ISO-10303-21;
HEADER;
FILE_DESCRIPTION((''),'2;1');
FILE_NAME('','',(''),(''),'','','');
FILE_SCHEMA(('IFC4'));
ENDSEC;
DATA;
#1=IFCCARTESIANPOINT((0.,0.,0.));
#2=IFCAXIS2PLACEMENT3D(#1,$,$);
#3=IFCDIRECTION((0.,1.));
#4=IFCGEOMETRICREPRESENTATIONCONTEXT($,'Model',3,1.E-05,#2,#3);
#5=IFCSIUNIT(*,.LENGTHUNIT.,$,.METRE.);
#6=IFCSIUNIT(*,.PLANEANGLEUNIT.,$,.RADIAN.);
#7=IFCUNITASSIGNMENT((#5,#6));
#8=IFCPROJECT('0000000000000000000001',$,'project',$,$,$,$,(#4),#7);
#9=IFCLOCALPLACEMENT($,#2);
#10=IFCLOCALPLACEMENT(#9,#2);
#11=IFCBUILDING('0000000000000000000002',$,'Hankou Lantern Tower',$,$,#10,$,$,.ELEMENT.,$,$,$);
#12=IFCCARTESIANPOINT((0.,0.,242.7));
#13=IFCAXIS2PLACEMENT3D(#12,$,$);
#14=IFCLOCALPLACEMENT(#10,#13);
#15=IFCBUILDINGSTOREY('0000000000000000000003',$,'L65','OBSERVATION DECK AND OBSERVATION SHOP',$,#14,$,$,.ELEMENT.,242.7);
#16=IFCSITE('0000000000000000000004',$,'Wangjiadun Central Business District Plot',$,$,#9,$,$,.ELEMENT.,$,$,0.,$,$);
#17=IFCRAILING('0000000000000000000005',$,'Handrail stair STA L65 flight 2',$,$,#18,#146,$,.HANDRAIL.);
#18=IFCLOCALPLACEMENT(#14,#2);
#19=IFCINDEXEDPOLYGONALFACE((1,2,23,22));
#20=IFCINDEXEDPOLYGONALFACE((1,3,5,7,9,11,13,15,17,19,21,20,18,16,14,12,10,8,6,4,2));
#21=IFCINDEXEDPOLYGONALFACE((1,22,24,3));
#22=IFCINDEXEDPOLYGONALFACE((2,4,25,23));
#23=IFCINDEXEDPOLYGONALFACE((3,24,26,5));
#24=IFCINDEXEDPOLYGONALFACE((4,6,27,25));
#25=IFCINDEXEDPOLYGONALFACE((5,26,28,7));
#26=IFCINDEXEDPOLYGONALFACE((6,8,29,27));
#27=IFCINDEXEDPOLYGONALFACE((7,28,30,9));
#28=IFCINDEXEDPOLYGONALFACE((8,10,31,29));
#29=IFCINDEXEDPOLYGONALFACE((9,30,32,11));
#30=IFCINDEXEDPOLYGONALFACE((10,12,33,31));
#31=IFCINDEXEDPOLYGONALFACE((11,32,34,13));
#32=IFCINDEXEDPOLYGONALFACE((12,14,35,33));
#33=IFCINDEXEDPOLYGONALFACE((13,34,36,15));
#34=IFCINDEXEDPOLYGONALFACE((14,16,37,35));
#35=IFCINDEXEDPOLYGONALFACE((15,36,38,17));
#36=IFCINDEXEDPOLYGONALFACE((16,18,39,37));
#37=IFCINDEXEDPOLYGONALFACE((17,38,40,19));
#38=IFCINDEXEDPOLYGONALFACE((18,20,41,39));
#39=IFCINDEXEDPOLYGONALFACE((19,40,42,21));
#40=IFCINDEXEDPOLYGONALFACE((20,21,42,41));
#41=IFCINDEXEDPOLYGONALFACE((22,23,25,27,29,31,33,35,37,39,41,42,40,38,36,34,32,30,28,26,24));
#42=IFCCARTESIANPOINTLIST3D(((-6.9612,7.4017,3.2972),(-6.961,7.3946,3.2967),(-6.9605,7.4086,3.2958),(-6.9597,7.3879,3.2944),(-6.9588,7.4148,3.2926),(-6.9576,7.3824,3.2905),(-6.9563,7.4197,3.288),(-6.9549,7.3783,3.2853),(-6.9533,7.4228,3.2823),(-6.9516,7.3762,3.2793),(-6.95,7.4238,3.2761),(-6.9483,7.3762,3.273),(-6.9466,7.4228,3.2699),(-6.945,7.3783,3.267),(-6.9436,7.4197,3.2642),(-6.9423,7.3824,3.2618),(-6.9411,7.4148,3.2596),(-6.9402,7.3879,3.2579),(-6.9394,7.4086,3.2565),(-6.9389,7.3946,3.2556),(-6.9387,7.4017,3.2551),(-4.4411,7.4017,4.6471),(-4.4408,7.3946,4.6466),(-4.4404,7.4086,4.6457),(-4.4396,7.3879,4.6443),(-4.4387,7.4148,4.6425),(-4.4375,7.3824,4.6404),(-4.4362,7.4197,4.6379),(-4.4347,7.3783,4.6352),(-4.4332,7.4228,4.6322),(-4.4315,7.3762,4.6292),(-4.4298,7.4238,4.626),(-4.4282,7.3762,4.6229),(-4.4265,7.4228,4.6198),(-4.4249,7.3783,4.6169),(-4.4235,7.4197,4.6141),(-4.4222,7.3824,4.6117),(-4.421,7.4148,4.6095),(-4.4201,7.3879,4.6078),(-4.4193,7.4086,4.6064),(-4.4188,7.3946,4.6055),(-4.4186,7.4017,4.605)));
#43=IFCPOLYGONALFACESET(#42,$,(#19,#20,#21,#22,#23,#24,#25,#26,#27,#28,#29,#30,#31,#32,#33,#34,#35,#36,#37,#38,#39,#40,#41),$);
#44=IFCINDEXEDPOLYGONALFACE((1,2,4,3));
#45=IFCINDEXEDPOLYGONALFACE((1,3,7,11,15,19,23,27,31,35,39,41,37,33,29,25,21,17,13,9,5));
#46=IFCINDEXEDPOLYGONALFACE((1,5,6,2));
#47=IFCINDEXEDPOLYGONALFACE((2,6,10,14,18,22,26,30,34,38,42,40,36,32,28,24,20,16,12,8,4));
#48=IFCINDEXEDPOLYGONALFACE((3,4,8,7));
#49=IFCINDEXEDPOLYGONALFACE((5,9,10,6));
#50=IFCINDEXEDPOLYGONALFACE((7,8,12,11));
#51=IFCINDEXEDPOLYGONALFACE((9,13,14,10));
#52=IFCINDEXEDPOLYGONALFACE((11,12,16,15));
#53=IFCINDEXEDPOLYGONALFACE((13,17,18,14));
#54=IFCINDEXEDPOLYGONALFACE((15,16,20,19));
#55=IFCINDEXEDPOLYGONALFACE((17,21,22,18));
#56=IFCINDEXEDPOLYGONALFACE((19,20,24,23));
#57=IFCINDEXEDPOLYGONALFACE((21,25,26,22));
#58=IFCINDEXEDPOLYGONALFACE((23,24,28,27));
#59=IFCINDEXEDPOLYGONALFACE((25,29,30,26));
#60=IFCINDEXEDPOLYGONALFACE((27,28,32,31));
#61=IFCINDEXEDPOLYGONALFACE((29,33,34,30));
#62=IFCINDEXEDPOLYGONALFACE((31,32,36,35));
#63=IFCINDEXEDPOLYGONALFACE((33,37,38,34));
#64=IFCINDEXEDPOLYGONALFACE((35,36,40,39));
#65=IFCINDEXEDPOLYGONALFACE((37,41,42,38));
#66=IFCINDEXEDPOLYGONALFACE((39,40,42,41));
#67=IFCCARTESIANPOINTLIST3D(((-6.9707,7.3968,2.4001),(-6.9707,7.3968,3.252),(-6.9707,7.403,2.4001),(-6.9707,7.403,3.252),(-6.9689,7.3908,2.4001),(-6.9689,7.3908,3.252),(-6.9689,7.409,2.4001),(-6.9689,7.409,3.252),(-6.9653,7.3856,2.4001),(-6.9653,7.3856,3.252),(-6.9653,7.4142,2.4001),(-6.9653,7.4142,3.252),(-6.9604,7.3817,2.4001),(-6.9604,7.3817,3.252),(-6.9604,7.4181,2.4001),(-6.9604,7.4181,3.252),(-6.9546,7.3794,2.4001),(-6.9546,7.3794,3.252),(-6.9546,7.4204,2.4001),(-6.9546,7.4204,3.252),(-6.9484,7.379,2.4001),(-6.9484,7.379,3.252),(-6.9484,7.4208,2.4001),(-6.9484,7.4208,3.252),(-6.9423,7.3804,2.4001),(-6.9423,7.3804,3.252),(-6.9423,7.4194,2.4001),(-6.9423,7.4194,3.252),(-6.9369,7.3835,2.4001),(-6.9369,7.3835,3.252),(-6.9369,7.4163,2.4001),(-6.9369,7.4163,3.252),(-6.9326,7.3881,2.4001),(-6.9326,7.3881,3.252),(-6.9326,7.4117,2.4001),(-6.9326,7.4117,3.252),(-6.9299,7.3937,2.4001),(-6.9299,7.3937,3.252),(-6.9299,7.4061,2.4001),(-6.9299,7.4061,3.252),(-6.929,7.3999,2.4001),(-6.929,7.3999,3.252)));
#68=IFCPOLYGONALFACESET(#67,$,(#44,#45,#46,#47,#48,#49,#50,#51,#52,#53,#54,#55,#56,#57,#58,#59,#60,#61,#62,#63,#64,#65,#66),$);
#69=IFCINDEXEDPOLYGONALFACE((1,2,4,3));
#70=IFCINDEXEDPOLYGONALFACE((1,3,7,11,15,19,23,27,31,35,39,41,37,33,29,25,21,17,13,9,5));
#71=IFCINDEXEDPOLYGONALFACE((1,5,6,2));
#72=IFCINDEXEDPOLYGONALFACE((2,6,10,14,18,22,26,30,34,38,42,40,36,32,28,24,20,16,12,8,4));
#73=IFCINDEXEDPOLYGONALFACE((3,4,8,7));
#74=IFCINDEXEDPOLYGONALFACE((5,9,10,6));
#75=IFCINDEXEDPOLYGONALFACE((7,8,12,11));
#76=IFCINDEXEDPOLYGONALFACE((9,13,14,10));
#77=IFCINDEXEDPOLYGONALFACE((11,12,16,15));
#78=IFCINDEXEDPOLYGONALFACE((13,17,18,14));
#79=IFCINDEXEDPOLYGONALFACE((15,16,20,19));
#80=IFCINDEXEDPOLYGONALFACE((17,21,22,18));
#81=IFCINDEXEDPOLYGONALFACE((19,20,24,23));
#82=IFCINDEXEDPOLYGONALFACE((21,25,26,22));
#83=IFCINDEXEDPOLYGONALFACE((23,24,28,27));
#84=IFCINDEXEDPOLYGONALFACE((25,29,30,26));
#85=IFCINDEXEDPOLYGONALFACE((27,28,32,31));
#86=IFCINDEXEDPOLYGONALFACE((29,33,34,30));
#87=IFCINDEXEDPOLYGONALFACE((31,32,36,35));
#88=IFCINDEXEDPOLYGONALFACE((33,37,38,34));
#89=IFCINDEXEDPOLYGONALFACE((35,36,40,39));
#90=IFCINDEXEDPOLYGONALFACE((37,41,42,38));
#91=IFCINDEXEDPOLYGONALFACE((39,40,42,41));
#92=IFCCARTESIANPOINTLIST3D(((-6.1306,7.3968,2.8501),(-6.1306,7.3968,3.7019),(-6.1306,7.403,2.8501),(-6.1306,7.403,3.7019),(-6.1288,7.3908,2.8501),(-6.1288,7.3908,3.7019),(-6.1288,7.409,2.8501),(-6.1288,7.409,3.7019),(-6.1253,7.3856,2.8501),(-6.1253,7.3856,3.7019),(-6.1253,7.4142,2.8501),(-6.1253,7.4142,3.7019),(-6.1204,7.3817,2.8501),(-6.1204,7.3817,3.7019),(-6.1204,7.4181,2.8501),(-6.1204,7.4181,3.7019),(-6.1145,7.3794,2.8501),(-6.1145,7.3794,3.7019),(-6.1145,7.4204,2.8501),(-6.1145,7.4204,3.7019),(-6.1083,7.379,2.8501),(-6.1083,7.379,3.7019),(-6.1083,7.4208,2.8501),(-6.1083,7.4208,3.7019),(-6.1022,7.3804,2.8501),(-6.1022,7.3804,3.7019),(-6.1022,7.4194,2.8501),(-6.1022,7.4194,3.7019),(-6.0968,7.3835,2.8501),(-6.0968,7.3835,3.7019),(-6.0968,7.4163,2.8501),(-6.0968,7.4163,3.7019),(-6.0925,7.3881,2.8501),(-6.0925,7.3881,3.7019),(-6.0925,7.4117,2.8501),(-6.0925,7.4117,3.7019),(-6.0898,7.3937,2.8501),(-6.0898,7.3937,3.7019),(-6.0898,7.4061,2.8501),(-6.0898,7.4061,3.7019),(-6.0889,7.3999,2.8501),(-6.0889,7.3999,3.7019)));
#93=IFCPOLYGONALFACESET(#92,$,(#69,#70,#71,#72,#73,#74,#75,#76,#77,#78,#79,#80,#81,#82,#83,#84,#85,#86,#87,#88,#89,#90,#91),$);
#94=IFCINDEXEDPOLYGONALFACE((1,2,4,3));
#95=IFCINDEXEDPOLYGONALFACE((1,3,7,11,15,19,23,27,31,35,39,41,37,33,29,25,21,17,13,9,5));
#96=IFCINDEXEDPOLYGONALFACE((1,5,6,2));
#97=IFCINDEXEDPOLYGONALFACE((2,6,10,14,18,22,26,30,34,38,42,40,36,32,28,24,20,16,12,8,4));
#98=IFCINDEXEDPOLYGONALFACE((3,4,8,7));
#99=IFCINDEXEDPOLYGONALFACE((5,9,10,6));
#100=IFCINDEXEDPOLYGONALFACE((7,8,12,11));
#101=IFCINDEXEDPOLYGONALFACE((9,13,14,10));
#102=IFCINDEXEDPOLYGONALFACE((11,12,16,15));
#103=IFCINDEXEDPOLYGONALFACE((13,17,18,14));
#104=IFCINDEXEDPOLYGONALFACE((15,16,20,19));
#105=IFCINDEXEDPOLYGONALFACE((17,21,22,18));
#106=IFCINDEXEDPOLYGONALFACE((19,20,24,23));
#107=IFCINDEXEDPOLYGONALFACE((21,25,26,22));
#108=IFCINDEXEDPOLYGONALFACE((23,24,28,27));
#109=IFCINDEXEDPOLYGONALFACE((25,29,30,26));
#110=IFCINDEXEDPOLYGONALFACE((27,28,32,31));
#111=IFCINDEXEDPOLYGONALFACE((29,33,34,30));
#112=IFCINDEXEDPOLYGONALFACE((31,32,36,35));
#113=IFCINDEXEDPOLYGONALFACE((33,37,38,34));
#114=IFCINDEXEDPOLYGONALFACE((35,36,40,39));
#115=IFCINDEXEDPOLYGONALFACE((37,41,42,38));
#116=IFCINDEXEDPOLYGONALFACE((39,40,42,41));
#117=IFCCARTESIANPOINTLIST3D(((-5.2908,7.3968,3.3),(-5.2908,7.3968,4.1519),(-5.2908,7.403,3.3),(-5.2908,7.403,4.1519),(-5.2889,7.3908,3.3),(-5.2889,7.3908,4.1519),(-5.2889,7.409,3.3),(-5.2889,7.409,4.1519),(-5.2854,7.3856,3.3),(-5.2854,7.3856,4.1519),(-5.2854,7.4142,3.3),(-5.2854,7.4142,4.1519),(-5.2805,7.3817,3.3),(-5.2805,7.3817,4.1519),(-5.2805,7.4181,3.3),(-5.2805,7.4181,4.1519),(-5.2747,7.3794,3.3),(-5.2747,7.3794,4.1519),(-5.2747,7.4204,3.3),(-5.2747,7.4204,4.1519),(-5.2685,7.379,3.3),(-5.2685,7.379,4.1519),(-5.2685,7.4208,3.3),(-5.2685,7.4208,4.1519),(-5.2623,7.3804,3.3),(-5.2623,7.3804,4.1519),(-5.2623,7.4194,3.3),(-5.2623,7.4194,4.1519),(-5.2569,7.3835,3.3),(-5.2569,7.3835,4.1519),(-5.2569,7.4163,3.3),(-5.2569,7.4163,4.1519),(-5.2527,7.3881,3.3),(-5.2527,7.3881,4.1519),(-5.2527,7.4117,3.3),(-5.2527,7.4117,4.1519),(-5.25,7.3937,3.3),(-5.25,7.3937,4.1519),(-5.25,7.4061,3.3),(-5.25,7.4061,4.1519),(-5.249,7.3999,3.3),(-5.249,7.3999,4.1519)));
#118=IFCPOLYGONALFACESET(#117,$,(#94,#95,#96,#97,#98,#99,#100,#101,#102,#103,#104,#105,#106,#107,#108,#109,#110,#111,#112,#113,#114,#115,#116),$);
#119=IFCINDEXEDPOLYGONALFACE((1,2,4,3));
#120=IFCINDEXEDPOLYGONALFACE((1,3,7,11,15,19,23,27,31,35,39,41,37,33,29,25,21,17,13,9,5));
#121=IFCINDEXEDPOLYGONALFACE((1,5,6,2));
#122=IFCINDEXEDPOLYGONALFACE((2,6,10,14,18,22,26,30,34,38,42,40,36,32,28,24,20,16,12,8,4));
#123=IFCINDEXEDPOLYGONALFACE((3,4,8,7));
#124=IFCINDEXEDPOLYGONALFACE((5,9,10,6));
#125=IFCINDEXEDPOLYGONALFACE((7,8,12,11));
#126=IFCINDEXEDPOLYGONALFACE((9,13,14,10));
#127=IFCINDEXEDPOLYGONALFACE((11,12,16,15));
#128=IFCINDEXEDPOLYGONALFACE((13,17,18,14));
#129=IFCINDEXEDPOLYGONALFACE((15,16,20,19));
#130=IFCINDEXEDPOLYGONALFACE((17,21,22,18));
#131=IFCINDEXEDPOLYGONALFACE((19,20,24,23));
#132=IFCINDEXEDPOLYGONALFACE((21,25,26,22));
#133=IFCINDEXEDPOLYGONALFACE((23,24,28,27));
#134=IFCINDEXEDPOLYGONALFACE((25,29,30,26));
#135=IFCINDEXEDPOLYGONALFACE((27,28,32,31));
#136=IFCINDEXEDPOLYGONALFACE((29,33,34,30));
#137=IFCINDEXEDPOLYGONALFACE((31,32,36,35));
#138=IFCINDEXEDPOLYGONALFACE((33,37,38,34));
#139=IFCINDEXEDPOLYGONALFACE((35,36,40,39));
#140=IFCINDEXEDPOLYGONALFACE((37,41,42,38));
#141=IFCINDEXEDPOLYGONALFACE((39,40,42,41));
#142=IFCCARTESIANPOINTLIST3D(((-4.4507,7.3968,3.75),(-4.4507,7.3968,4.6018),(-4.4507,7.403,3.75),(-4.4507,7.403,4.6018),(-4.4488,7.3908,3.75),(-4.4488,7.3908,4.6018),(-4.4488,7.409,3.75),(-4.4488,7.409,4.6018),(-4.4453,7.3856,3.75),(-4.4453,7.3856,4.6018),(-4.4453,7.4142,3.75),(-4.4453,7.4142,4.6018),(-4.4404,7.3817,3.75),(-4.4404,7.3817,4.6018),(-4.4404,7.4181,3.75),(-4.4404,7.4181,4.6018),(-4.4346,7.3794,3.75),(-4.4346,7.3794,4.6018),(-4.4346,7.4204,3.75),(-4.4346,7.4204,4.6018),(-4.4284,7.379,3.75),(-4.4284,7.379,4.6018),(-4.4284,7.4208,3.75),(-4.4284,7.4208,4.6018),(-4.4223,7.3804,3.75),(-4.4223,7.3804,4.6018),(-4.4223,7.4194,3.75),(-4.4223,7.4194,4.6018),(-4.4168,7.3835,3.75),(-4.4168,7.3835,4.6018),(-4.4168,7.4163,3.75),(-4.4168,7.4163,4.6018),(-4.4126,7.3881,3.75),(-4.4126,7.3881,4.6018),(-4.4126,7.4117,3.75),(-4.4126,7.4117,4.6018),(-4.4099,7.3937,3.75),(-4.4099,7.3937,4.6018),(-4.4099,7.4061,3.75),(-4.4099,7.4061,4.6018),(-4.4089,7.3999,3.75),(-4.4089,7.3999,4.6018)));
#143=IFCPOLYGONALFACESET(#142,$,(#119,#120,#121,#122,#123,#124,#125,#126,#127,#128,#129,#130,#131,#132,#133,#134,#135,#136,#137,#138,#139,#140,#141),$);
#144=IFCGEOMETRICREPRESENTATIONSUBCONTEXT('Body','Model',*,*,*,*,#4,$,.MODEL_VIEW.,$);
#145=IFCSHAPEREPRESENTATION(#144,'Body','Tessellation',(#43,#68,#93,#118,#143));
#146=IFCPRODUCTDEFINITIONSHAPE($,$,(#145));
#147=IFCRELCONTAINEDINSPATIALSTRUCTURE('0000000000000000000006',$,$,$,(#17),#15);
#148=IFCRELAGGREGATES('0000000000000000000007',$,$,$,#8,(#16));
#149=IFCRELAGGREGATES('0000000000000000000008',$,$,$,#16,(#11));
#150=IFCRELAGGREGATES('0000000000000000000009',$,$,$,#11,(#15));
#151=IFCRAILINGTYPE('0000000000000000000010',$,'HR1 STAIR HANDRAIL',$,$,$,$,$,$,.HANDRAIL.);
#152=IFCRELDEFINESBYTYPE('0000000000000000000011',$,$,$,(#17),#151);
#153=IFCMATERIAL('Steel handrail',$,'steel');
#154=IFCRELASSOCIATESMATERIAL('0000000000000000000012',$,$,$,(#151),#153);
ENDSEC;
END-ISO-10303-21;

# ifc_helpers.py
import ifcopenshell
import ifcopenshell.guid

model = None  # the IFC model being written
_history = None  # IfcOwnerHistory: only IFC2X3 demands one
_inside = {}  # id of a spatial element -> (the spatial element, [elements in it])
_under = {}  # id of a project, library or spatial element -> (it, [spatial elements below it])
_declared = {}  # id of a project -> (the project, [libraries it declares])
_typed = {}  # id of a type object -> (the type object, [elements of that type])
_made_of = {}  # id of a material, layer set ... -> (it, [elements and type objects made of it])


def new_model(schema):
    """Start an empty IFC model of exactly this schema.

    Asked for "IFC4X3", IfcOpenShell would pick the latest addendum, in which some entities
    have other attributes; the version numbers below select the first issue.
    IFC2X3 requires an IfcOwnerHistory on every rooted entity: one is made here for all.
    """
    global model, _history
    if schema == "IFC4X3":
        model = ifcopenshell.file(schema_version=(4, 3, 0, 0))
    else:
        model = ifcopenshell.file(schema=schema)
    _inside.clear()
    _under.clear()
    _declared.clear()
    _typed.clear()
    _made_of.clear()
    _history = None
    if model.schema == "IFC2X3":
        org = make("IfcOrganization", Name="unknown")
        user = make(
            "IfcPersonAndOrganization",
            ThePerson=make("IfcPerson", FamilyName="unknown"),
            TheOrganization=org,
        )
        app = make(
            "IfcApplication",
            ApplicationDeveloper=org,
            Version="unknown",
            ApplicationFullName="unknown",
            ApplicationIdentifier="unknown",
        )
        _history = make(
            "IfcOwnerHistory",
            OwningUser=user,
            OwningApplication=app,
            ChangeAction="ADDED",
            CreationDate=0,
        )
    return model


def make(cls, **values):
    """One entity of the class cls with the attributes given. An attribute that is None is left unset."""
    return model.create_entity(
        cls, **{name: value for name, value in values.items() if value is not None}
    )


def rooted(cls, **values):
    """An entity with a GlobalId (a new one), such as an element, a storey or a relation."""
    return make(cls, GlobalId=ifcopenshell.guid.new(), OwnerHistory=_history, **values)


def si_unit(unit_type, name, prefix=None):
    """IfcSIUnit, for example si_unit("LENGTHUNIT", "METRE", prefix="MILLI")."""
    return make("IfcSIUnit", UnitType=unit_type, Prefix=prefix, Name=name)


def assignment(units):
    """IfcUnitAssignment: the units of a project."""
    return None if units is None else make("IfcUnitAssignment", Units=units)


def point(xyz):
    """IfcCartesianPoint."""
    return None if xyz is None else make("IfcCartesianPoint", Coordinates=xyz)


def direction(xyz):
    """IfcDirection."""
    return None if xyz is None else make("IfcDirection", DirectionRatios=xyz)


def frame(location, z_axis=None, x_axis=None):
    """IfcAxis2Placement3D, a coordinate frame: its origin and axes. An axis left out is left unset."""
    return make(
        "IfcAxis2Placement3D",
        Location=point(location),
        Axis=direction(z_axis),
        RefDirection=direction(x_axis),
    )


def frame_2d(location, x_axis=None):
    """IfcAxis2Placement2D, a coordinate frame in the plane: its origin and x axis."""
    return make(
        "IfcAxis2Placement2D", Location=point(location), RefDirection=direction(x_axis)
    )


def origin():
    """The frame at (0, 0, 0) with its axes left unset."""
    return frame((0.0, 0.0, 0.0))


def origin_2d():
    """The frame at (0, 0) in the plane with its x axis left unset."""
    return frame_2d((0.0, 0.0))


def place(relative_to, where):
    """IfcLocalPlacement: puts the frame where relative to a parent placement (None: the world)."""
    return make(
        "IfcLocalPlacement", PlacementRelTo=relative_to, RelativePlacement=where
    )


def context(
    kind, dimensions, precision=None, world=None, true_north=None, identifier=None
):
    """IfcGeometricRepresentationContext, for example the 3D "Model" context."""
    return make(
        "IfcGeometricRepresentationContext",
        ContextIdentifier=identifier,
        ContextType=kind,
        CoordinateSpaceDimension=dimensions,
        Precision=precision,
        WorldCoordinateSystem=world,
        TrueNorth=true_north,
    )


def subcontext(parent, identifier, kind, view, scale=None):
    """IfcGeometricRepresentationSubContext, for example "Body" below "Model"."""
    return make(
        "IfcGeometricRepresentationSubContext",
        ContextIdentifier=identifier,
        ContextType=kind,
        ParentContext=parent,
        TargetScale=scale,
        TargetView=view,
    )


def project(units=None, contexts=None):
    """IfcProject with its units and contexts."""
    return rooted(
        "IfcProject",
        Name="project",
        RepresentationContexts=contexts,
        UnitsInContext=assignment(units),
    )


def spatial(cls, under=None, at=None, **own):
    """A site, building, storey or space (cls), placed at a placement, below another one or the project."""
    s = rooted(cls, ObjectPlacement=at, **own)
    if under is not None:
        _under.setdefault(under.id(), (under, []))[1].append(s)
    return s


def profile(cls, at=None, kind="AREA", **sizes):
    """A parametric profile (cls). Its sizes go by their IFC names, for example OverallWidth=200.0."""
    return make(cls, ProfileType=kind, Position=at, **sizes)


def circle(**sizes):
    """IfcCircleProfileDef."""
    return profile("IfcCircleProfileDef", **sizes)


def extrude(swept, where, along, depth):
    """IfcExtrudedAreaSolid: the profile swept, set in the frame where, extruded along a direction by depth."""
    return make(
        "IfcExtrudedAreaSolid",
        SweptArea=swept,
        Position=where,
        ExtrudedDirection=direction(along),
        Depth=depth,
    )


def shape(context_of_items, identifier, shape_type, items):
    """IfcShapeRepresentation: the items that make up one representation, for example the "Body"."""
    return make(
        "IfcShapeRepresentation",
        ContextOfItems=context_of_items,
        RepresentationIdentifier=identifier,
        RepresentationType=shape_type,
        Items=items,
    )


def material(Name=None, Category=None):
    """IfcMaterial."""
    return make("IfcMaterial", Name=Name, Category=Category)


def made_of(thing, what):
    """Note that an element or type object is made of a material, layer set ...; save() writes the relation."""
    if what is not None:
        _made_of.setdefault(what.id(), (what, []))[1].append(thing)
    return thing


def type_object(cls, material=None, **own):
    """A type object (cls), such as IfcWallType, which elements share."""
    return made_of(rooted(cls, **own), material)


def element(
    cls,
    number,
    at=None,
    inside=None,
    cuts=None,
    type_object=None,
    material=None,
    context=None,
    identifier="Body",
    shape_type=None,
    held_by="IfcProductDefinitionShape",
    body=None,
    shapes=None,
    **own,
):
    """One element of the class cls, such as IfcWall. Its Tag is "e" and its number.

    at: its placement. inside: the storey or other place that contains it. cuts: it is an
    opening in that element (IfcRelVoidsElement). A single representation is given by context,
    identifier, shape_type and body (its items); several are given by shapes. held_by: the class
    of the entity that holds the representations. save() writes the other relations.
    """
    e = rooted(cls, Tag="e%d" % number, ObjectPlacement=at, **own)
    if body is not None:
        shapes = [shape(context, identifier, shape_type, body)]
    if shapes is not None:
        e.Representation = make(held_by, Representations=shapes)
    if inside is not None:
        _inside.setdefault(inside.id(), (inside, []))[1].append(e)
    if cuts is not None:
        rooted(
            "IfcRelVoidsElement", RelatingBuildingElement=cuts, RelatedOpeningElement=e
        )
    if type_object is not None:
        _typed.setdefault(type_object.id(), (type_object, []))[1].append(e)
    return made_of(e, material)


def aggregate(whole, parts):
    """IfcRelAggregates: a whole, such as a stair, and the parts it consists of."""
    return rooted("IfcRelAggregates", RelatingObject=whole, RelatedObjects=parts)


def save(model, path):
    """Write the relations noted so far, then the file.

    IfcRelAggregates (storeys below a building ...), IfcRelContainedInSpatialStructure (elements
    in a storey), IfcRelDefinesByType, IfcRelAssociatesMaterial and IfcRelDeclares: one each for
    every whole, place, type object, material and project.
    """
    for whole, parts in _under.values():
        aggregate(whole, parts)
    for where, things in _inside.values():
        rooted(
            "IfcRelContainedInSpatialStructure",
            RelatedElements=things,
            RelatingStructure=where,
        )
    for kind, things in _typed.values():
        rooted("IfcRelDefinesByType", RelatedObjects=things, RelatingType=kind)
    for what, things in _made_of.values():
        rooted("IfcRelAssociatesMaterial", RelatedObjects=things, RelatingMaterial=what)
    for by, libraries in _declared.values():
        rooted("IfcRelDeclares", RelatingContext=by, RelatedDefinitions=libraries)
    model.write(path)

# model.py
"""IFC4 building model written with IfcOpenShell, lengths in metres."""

from ifc_helpers import new_model, si_unit, direction, frame, origin, origin_2d, place, context, subcontext, project, spatial, circle, extrude, material, type_object, element, save


model = new_model("IFC4")

# Units and contexts
model_context = context("Model", 3, precision=1e-05, world=origin(), true_north=direction((0.0, 1.0)))
body_context = subcontext(model_context, "Body", "Model", "MODEL_VIEW")
ifc_project = project(units=[si_unit("LENGTHUNIT", "METRE"), si_unit("PLANEANGLEUNIT", "RADIAN")], contexts=[model_context])

# Site, building, storey
site_placement = place(None, origin())
site = spatial("IfcSite", under=ifc_project, at=site_placement, Name="Wangjiadun Central Business District Plot", CompositionType="ELEMENT", RefElevation=0.0)
building_placement = place(site_placement, origin())
building = spatial("IfcBuilding", under=site, at=building_placement, Name="Hankou Lantern Tower", CompositionType="ELEMENT")
storey_placement = place(building_placement, frame((0.0, 0.0, 242.7)))
storey = spatial("IfcBuildingStorey", under=building, at=storey_placement, Name="L65", Description="OBSERVATION DECK AND OBSERVATION SHOP", CompositionType="ELEMENT", Elevation=242.7)

# Railing
ifc_material_1 = material(Name="Steel handrail", Category="steel")
railing_type = type_object("IfcRailingType", Name="HR1 STAIR HANDRAIL", PredefinedType="HANDRAIL", material=ifc_material_1)
railing_1_placement = place(storey_placement, frame((-6.95, 7.3999, 2.4001)))
element("IfcRailing", 1, at=railing_1_placement, inside=storey, type_object=railing_type, Name="Handrail stair STA L65 flight 2", PredefinedType="HANDRAIL", context=body_context, shape_type="SweptSolid", body=[
    extrude(circle(Radius=0.0239, at=origin_2d()), frame((0.0, 0.0, 0.876), z_axis=(0.881503, 0.0, 0.472179), x_axis=(0.0, 1.0, 0.0)), (0.0, 0.0, 1.0), 2.8589),
    extrude(circle(Radius=0.021, at=origin_2d()), origin(), (0.0, 0.0, 1.0), 0.8518),
    extrude(circle(Radius=0.021, at=origin_2d()), frame((0.8401, 0.0, 0.45)), (0.0, 0.0, 1.0), 0.8518),
    extrude(circle(Radius=0.021, at=origin_2d()), frame((1.6799, 0.0, 0.8999)), (0.0, 0.0, 1.0), 0.8518),
    extrude(circle(Radius=0.021, at=origin_2d()), frame((2.52, 0.0, 1.3499)), (0.0, 0.0, 1.0), 0.8518),
])

save(model, "model.ifc")
